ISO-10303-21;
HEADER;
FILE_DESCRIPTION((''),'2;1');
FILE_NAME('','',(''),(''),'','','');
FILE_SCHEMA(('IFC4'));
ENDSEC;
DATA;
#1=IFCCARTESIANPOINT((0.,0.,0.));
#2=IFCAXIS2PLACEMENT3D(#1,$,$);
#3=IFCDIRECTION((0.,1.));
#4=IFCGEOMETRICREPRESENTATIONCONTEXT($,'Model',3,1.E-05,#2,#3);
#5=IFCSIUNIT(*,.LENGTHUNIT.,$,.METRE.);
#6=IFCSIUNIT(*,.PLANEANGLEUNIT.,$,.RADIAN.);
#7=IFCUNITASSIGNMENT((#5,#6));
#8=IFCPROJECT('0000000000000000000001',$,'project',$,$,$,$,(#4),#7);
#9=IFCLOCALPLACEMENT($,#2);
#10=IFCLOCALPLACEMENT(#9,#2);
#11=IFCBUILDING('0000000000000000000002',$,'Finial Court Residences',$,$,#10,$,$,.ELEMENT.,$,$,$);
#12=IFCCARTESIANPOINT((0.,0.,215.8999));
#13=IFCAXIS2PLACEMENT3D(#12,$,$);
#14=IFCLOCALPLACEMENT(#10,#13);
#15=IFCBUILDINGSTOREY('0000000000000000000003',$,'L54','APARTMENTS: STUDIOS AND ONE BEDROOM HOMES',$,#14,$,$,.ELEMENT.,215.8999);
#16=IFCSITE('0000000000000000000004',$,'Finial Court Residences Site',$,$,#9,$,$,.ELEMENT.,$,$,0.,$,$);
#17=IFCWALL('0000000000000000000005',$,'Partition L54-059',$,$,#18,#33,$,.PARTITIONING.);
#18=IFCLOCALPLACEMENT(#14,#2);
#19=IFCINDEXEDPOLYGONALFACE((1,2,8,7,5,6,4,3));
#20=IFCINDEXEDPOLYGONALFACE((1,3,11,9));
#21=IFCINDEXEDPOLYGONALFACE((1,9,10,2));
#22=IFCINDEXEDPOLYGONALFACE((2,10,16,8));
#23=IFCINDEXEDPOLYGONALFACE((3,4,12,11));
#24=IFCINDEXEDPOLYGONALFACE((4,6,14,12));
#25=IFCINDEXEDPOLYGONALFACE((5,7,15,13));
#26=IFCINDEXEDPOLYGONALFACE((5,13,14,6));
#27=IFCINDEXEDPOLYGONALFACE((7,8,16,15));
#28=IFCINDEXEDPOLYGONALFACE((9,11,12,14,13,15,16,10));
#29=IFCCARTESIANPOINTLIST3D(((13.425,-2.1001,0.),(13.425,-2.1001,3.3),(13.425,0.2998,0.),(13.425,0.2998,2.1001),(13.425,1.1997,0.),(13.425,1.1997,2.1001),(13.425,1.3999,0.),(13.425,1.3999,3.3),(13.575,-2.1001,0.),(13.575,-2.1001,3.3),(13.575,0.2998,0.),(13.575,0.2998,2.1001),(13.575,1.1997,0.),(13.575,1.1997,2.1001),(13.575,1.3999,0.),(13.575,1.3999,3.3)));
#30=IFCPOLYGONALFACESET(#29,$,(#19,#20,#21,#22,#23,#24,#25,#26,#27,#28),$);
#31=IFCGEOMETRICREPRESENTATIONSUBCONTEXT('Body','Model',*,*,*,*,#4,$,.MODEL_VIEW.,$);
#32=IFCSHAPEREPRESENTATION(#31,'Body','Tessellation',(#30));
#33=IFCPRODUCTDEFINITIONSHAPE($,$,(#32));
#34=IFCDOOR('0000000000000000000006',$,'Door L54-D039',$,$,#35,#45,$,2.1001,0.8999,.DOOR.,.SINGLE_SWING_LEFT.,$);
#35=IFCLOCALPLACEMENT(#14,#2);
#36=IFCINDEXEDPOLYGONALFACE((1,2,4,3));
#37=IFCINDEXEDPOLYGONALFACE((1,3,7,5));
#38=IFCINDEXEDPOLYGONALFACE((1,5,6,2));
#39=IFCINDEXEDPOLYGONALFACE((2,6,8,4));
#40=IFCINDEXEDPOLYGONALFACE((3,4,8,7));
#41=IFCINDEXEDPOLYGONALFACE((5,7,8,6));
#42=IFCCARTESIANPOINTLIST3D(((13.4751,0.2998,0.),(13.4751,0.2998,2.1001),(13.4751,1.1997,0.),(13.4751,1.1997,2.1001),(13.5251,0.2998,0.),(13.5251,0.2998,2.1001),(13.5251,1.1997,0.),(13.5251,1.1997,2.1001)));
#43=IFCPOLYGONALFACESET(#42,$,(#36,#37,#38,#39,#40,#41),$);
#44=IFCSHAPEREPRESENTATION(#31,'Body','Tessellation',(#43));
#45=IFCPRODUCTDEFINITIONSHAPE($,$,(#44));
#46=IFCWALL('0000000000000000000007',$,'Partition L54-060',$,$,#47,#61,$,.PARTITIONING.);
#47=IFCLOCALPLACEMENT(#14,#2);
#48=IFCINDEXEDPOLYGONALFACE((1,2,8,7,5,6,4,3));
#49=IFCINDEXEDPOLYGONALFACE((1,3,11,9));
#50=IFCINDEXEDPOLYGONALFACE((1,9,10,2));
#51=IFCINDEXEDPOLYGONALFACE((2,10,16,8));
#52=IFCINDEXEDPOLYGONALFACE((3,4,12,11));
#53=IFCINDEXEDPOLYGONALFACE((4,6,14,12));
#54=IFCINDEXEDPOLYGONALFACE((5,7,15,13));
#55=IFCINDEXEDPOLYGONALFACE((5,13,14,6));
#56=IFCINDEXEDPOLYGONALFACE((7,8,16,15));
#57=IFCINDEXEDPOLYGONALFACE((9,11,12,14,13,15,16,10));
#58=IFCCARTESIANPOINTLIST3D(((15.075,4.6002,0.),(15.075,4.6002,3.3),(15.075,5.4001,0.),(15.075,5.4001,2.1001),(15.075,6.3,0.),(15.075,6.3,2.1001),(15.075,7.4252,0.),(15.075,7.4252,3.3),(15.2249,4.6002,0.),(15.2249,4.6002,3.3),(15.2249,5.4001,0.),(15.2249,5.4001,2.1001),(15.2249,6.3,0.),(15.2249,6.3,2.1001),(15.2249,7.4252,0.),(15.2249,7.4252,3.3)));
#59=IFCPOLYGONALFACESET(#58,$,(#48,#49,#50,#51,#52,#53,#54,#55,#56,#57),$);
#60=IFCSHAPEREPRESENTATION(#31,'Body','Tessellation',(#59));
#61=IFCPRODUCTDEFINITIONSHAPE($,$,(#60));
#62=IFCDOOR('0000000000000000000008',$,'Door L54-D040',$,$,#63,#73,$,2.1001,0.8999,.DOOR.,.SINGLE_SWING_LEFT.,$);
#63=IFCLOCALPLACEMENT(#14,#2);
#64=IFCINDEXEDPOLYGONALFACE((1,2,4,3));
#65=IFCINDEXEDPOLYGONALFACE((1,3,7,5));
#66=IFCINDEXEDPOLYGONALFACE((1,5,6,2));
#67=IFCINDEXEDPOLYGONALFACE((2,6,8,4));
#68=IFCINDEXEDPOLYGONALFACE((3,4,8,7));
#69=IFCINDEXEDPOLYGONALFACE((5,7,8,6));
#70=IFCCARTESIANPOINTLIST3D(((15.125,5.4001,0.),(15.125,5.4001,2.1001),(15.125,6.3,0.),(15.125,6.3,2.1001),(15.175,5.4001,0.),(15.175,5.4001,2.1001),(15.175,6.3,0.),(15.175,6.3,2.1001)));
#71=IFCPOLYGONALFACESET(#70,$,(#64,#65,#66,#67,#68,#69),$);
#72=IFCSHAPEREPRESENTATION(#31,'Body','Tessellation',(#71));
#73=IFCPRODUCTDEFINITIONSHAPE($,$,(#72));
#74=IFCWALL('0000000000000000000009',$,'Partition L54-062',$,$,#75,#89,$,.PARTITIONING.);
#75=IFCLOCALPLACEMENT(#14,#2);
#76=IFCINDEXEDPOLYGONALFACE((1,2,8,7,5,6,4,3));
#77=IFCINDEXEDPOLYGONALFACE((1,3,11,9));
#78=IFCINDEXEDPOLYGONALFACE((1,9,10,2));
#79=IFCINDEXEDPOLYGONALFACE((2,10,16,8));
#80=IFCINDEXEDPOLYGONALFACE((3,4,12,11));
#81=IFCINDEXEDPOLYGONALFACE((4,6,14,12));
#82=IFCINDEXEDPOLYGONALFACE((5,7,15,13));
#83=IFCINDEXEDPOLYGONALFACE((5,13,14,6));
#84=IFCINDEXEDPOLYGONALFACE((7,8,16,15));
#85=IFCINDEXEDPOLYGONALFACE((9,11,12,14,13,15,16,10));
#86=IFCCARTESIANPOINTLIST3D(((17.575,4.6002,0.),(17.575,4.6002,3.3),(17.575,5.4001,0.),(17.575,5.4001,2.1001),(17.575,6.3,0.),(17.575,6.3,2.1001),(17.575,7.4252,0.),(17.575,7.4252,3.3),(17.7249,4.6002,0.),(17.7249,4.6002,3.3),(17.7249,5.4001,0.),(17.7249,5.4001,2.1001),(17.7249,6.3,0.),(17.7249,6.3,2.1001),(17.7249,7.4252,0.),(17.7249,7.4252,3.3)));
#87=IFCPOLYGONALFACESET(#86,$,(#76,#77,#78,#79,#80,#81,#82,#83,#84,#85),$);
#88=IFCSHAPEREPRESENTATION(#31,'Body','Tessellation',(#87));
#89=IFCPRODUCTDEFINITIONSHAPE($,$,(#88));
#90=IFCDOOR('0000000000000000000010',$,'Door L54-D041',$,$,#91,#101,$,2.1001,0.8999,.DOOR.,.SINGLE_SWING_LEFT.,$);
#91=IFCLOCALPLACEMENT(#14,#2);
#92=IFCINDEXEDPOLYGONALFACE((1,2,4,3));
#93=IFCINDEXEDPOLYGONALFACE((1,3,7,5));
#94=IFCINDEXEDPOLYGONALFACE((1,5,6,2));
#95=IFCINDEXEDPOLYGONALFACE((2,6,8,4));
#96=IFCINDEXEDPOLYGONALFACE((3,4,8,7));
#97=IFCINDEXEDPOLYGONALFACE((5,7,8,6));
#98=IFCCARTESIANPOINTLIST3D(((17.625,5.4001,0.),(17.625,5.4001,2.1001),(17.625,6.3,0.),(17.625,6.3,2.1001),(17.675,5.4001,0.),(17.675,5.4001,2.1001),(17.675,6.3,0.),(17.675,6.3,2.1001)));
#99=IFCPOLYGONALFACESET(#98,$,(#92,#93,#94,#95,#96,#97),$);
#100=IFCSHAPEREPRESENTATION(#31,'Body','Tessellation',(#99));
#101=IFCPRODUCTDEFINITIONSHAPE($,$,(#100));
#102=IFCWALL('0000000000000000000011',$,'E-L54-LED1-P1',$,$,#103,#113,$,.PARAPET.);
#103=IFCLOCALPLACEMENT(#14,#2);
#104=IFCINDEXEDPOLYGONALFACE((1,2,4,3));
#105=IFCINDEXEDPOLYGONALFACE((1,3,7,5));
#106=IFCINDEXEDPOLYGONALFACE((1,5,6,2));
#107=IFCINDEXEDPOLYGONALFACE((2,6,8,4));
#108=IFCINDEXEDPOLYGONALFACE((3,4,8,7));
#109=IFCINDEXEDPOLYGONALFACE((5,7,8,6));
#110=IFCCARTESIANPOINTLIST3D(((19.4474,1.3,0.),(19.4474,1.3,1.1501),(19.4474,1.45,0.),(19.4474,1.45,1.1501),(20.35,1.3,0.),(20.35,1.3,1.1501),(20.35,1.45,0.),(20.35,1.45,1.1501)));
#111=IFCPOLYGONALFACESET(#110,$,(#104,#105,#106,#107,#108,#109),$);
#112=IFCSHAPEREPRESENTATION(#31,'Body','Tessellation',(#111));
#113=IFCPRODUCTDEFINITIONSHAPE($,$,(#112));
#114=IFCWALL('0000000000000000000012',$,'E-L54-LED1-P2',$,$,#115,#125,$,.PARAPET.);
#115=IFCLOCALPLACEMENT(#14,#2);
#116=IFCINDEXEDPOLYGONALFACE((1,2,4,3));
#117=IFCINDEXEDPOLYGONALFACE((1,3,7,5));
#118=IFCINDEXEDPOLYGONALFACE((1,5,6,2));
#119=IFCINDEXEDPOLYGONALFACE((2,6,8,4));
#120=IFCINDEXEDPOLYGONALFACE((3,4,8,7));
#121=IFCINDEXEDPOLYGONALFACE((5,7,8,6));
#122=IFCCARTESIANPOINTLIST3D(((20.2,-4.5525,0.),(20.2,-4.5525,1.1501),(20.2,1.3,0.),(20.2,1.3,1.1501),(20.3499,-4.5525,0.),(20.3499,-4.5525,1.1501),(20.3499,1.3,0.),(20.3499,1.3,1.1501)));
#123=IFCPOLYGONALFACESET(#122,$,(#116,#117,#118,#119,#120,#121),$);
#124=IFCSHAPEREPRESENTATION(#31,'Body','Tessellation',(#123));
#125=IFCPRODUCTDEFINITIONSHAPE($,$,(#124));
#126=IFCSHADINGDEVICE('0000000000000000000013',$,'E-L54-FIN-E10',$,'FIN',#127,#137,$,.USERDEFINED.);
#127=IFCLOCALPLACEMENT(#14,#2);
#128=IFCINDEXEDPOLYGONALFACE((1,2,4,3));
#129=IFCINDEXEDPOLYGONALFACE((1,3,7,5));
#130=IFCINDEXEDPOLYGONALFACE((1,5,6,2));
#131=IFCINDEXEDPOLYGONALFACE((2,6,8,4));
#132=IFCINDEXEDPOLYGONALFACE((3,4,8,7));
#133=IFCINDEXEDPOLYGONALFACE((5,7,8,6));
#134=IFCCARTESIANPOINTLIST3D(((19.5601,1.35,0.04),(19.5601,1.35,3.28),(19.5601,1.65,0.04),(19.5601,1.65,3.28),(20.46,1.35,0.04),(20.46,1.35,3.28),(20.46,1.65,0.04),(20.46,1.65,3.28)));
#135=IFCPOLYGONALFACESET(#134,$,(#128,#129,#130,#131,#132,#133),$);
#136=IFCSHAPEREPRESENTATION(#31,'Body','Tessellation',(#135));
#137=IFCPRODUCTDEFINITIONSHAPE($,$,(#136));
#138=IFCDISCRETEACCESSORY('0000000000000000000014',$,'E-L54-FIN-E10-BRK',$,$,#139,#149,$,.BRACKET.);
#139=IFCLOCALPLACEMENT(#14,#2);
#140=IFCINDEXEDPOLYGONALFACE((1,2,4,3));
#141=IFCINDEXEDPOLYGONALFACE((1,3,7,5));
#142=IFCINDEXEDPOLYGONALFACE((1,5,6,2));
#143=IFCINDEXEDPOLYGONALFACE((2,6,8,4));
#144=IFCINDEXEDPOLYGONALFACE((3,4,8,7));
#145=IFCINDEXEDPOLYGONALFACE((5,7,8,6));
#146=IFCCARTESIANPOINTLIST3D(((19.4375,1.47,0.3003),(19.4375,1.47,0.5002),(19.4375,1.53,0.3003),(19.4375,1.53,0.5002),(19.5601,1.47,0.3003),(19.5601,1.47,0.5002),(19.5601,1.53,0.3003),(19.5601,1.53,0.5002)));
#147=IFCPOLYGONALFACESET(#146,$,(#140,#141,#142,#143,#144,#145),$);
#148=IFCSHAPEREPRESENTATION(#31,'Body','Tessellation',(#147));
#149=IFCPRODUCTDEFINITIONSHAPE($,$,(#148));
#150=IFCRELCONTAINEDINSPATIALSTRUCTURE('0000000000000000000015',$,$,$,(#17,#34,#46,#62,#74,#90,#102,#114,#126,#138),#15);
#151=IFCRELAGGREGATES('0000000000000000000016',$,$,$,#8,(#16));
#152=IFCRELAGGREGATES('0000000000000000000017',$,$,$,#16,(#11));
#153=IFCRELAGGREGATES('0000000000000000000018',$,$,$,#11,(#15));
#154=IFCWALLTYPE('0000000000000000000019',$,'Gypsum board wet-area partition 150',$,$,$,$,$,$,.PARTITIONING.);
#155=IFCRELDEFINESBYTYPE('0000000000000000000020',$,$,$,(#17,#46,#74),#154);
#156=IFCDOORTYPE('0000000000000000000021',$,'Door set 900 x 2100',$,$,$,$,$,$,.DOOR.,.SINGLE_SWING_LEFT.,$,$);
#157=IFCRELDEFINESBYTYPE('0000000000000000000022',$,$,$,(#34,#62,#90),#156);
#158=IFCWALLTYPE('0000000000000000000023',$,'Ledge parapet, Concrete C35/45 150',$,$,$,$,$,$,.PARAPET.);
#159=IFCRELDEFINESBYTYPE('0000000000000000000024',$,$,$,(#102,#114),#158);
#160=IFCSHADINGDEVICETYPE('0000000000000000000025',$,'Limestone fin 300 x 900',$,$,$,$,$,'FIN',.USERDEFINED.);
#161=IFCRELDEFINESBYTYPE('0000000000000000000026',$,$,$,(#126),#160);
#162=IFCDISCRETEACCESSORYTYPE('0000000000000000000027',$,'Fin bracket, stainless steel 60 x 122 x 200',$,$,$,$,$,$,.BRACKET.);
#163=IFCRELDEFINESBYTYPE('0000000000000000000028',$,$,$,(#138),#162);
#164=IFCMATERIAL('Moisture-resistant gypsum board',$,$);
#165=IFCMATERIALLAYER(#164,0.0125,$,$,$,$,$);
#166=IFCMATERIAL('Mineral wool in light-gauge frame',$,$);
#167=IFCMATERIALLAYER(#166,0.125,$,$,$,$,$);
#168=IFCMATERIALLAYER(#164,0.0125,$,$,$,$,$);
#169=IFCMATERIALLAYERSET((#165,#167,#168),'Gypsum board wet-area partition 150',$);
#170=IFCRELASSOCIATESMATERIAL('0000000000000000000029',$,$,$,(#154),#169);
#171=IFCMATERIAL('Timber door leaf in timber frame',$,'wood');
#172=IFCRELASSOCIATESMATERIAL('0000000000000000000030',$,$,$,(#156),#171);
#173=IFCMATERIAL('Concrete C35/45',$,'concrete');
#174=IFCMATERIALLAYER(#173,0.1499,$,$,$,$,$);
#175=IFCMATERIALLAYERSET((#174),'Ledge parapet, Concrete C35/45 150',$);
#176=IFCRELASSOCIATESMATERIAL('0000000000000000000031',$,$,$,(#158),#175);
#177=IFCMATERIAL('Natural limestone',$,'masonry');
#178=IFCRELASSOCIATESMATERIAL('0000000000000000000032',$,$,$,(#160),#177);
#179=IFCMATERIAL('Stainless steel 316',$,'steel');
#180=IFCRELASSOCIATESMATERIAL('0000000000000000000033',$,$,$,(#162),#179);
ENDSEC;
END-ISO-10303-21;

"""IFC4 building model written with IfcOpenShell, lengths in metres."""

from ifc_helpers import new_model, si_unit, direction, frame, frame_2d, origin, origin_2d, place, context, subcontext, project, spatial, rectangle, extrude, material, layer, layer_set, type_object, element, fill, save


model = new_model("IFC4")

# Units and contexts
model_context = context("Model", 3, precision=1e-05, world=origin(), true_north=direction((0.0, 1.0)))
body_context = subcontext(model_context, "Body", "Model", "MODEL_VIEW")
ifc_project = project(units=[si_unit("LENGTHUNIT", "METRE"), si_unit("PLANEANGLEUNIT", "RADIAN")], contexts=[model_context])

# Site, building, storey
site_placement = place(None, origin())
site = spatial("IfcSite", under=ifc_project, at=site_placement, Name="Finial Court Residences Site", CompositionType="ELEMENT", RefElevation=0.0)
building_placement = place(site_placement, origin())
building = spatial("IfcBuilding", under=site, at=building_placement, Name="Finial Court Residences", CompositionType="ELEMENT")
storey_placement = place(building_placement, frame((0.0, 0.0, 215.8999)))
storey = spatial("IfcBuildingStorey", under=building, at=storey_placement, Name="L54", Description="APARTMENTS: STUDIOS AND ONE BEDROOM HOMES", CompositionType="ELEMENT", Elevation=215.8999)

# Shared definitions
ifc_material_1 = material(Name="Mineral wool in light-gauge frame")
ifc_material_2 = material(Name="Moisture-resistant gypsum board")
ifc_layer_1 = layer(ifc_material_2, 0.0125)
ifc_layer_2 = layer(ifc_material_1, 0.125)
ifc_layer_3 = layer(ifc_material_2, 0.0125)
ifc_layer_set_1 = layer_set([ifc_layer_1, ifc_layer_2, ifc_layer_3], Name="Gypsum board wet-area partition 150")
wall_type_1 = type_object("IfcWallType", Name="Gypsum board wet-area partition 150", PredefinedType="PARTITIONING", material=ifc_layer_set_1)

# Walls, openings, doors
wall_1_placement = place(storey_placement, frame((13.5, -2.1001, 0.0), z_axis=(0.0, 0.0, 1.0), x_axis=(0.0, 1.0, 0.0)))
wall_1 = element("IfcWall", 1, at=wall_1_placement, inside=storey, type_object=wall_type_1, Name="Partition L54-059", PredefinedType="PARTITIONING", context=body_context, shape_type="SweptSolid", body=[
    extrude(rectangle(XDim=3.5, YDim=0.1499, at=frame_2d((1.75, 0.0))), origin(), (0.0, 0.0, 1.0), 3.3),
])
opening_1_placement = place(wall_1_placement, frame((2.3999, 0.0, 0.0)))
opening_1 = element("IfcOpeningElement", 2, at=opening_1_placement, cuts=wall_1, PredefinedType="OPENING", context=body_context, shape_type="SweptSolid", body=[
    extrude(rectangle(XDim=0.8999, YDim=2.1001, at=frame_2d((0.45, 1.05))), frame((0.0, 0.085, 0.0), z_axis=(0.0, -1.0, 0.0), x_axis=(1.0, 0.0, 0.0)), (0.0, 0.0, 1.0), 0.1699),
])
ifc_material_3 = material(Name="Timber door leaf in timber frame", Category="wood")
door_type = type_object("IfcDoorType", Name="Door set 900 x 2100", OperationType="SINGLE_SWING_LEFT", PredefinedType="DOOR", material=ifc_material_3)
door_1_placement = place(opening_1_placement, origin())
door_1 = element("IfcDoor", 3, at=door_1_placement, inside=storey, type_object=door_type, Name="Door L54-D039", OperationType="SINGLE_SWING_LEFT", OverallHeight=2.1001, OverallWidth=0.8999, PredefinedType="DOOR", context=body_context, shape_type="SweptSolid", body=[
    extrude(rectangle(XDim=0.8999, YDim=2.1001, at=frame_2d((0.45, 1.05))), frame((0.0, 0.0249, 0.0), z_axis=(0.0, -1.0, 0.0), x_axis=(1.0, 0.0, 0.0)), (0.0, 0.0, 1.0), 0.05),
])
fill(opening_1, door_1)
wall_2_placement = place(storey_placement, frame((15.1499, 4.6001, 0.0), z_axis=(0.0, 0.0, 1.0), x_axis=(0.0, 1.0, 0.0)))
wall_2 = element("IfcWall", 4, at=wall_2_placement, inside=storey, type_object=wall_type_1, Name="Partition L54-060", PredefinedType="PARTITIONING", context=body_context, shape_type="SweptSolid", body=[
    extrude(rectangle(XDim=2.825, YDim=0.1499, at=frame_2d((1.4126, 0.0))), origin(), (0.0, 0.0, 1.0), 3.3),
])
opening_2_placement = place(wall_2_placement, frame((0.8, 0.0, 0.0)))
opening_2 = element("IfcOpeningElement", 5, at=opening_2_placement, cuts=wall_2, PredefinedType="OPENING", context=body_context, shape_type="SweptSolid", body=[
    extrude(rectangle(XDim=0.8999, YDim=2.1001, at=frame_2d((0.45, 1.05))), frame((0.0, 0.085, 0.0), z_axis=(0.0, -1.0, 0.0), x_axis=(1.0, 0.0, 0.0)), (0.0, 0.0, 1.0), 0.1699),
])
door_2_placement = place(opening_2_placement, origin())
door_2 = element("IfcDoor", 6, at=door_2_placement, inside=storey, type_object=door_type, Name="Door L54-D040", OperationType="SINGLE_SWING_LEFT", OverallHeight=2.1001, OverallWidth=0.8999, PredefinedType="DOOR", context=body_context, shape_type="SweptSolid", body=[
    extrude(rectangle(XDim=0.8999, YDim=2.1001, at=frame_2d((0.45, 1.05))), frame((0.0, 0.0249, 0.0), z_axis=(0.0, -1.0, 0.0), x_axis=(1.0, 0.0, 0.0)), (0.0, 0.0, 1.0), 0.05),
])
fill(opening_2, door_2)
wall_3_placement = place(storey_placement, frame((17.6499, 4.6001, 0.0), z_axis=(0.0, 0.0, 1.0), x_axis=(0.0, 1.0, 0.0)))
wall_3 = element("IfcWall", 7, at=wall_3_placement, inside=storey, type_object=wall_type_1, Name="Partition L54-062", PredefinedType="PARTITIONING", context=body_context, shape_type="SweptSolid", body=[
    extrude(rectangle(XDim=2.825, YDim=0.1499, at=frame_2d((1.4126, 0.0))), origin(), (0.0, 0.0, 1.0), 3.3),
])
opening_3_placement = place(wall_3_placement, frame((0.8, 0.0, 0.0)))
opening_3 = element("IfcOpeningElement", 8, at=opening_3_placement, cuts=wall_3, PredefinedType="OPENING", context=body_context, shape_type="SweptSolid", body=[
    extrude(rectangle(XDim=0.8999, YDim=2.1001, at=frame_2d((0.45, 1.05))), frame((0.0, 0.085, 0.0), z_axis=(0.0, -1.0, 0.0), x_axis=(1.0, 0.0, 0.0)), (0.0, 0.0, 1.0), 0.1699),
])
door_3_placement = place(opening_3_placement, origin())
door_3 = element("IfcDoor", 9, at=door_3_placement, inside=storey, type_object=door_type, Name="Door L54-D041", OperationType="SINGLE_SWING_LEFT", OverallHeight=2.1001, OverallWidth=0.8999, PredefinedType="DOOR", context=body_context, shape_type="SweptSolid", body=[
    extrude(rectangle(XDim=0.8999, YDim=2.1001, at=frame_2d((0.45, 1.05))), frame((0.0, 0.0249, 0.0), z_axis=(0.0, -1.0, 0.0), x_axis=(1.0, 0.0, 0.0)), (0.0, 0.0, 1.0), 0.05),
])
fill(opening_3, door_3)

# Walls
ifc_material_4 = material(Name="Concrete C35/45", Category="concrete")
ifc_layer_4 = layer(ifc_material_4, 0.1499)
ifc_layer_set_2 = layer_set([ifc_layer_4], Name="Ledge parapet, Concrete C35/45 150")
wall_type_2 = type_object("IfcWallType", Name="Ledge parapet, Concrete C35/45 150", PredefinedType="PARAPET", material=ifc_layer_set_2)
wall_4_placement = place(storey_placement, frame((19.4475, 1.375, 0.0), z_axis=(0.0, 0.0, 1.0), x_axis=(1.0, 0.0, 0.0)))
element("IfcWall", 10, at=wall_4_placement, inside=storey, type_object=wall_type_2, Name="E-L54-LED1-P1", PredefinedType="PARAPET", context=body_context, shape_type="SweptSolid", body=[
    extrude(rectangle(XDim=0.9026, YDim=0.1499, at=frame_2d((0.4512, 0.0))), origin(), (0.0, 0.0, 1.0), 1.1501),
])
wall_5_placement = place(storey_placement, frame((20.2749, 1.3, 0.0), z_axis=(0.0, 0.0, 1.0), x_axis=(0.0, -1.0, 0.0)))
element("IfcWall", 11, at=wall_5_placement, inside=storey, type_object=wall_type_2, Name="E-L54-LED1-P2", PredefinedType="PARAPET", context=body_context, shape_type="SweptSolid", body=[
    extrude(rectangle(XDim=5.8525, YDim=0.1499, at=frame_2d((2.9263, 0.0))), origin(), (0.0, 0.0, 1.0), 1.1501),
])

# Shading device
ifc_material_5 = material(Name="Natural limestone", Category="masonry")
shading_device_type = type_object("IfcShadingDeviceType", Name="Limestone fin 300 x 900", ElementType="FIN", PredefinedType="USERDEFINED", material=ifc_material_5)
shading_device_placement = place(storey_placement, frame((20.01, 1.5, 0.04), z_axis=(0.0, 0.0, 1.0), x_axis=(1.0, 0.0, 0.0)))
element("IfcShadingDevice", 12, at=shading_device_placement, inside=storey, type_object=shading_device_type, Name="E-L54-FIN-E10", ObjectType="FIN", PredefinedType="USERDEFINED", context=body_context, shape_type="SweptSolid", body=[
    extrude(rectangle(XDim=0.8999, YDim=0.3, at=origin_2d()), origin(), (0.0, 0.0, 1.0), 3.24),
])

# Discrete accessory
ifc_material_6 = material(Name="Stainless steel 316", Category="steel")
discrete_accessory_type = type_object("IfcDiscreteAccessoryType", Name="Fin bracket, stainless steel 60 x 122 x 200", PredefinedType="BRACKET", material=ifc_material_6)
discrete_accessory_placement = place(storey_placement, frame((19.4988, 1.5, 0.3003), z_axis=(0.0, 0.0, 1.0), x_axis=(1.0, 0.0, 0.0)))
element("IfcDiscreteAccessory", 13, at=discrete_accessory_placement, inside=storey, type_object=discrete_accessory_type, Name="E-L54-FIN-E10-BRK", PredefinedType="BRACKET", context=body_context, shape_type="SweptSolid", body=[
    extrude(rectangle(XDim=0.1226, YDim=0.0601, at=origin_2d()), origin(), (0.0, 0.0, 1.0), 0.2),
])

save(model, "model.ifc")
